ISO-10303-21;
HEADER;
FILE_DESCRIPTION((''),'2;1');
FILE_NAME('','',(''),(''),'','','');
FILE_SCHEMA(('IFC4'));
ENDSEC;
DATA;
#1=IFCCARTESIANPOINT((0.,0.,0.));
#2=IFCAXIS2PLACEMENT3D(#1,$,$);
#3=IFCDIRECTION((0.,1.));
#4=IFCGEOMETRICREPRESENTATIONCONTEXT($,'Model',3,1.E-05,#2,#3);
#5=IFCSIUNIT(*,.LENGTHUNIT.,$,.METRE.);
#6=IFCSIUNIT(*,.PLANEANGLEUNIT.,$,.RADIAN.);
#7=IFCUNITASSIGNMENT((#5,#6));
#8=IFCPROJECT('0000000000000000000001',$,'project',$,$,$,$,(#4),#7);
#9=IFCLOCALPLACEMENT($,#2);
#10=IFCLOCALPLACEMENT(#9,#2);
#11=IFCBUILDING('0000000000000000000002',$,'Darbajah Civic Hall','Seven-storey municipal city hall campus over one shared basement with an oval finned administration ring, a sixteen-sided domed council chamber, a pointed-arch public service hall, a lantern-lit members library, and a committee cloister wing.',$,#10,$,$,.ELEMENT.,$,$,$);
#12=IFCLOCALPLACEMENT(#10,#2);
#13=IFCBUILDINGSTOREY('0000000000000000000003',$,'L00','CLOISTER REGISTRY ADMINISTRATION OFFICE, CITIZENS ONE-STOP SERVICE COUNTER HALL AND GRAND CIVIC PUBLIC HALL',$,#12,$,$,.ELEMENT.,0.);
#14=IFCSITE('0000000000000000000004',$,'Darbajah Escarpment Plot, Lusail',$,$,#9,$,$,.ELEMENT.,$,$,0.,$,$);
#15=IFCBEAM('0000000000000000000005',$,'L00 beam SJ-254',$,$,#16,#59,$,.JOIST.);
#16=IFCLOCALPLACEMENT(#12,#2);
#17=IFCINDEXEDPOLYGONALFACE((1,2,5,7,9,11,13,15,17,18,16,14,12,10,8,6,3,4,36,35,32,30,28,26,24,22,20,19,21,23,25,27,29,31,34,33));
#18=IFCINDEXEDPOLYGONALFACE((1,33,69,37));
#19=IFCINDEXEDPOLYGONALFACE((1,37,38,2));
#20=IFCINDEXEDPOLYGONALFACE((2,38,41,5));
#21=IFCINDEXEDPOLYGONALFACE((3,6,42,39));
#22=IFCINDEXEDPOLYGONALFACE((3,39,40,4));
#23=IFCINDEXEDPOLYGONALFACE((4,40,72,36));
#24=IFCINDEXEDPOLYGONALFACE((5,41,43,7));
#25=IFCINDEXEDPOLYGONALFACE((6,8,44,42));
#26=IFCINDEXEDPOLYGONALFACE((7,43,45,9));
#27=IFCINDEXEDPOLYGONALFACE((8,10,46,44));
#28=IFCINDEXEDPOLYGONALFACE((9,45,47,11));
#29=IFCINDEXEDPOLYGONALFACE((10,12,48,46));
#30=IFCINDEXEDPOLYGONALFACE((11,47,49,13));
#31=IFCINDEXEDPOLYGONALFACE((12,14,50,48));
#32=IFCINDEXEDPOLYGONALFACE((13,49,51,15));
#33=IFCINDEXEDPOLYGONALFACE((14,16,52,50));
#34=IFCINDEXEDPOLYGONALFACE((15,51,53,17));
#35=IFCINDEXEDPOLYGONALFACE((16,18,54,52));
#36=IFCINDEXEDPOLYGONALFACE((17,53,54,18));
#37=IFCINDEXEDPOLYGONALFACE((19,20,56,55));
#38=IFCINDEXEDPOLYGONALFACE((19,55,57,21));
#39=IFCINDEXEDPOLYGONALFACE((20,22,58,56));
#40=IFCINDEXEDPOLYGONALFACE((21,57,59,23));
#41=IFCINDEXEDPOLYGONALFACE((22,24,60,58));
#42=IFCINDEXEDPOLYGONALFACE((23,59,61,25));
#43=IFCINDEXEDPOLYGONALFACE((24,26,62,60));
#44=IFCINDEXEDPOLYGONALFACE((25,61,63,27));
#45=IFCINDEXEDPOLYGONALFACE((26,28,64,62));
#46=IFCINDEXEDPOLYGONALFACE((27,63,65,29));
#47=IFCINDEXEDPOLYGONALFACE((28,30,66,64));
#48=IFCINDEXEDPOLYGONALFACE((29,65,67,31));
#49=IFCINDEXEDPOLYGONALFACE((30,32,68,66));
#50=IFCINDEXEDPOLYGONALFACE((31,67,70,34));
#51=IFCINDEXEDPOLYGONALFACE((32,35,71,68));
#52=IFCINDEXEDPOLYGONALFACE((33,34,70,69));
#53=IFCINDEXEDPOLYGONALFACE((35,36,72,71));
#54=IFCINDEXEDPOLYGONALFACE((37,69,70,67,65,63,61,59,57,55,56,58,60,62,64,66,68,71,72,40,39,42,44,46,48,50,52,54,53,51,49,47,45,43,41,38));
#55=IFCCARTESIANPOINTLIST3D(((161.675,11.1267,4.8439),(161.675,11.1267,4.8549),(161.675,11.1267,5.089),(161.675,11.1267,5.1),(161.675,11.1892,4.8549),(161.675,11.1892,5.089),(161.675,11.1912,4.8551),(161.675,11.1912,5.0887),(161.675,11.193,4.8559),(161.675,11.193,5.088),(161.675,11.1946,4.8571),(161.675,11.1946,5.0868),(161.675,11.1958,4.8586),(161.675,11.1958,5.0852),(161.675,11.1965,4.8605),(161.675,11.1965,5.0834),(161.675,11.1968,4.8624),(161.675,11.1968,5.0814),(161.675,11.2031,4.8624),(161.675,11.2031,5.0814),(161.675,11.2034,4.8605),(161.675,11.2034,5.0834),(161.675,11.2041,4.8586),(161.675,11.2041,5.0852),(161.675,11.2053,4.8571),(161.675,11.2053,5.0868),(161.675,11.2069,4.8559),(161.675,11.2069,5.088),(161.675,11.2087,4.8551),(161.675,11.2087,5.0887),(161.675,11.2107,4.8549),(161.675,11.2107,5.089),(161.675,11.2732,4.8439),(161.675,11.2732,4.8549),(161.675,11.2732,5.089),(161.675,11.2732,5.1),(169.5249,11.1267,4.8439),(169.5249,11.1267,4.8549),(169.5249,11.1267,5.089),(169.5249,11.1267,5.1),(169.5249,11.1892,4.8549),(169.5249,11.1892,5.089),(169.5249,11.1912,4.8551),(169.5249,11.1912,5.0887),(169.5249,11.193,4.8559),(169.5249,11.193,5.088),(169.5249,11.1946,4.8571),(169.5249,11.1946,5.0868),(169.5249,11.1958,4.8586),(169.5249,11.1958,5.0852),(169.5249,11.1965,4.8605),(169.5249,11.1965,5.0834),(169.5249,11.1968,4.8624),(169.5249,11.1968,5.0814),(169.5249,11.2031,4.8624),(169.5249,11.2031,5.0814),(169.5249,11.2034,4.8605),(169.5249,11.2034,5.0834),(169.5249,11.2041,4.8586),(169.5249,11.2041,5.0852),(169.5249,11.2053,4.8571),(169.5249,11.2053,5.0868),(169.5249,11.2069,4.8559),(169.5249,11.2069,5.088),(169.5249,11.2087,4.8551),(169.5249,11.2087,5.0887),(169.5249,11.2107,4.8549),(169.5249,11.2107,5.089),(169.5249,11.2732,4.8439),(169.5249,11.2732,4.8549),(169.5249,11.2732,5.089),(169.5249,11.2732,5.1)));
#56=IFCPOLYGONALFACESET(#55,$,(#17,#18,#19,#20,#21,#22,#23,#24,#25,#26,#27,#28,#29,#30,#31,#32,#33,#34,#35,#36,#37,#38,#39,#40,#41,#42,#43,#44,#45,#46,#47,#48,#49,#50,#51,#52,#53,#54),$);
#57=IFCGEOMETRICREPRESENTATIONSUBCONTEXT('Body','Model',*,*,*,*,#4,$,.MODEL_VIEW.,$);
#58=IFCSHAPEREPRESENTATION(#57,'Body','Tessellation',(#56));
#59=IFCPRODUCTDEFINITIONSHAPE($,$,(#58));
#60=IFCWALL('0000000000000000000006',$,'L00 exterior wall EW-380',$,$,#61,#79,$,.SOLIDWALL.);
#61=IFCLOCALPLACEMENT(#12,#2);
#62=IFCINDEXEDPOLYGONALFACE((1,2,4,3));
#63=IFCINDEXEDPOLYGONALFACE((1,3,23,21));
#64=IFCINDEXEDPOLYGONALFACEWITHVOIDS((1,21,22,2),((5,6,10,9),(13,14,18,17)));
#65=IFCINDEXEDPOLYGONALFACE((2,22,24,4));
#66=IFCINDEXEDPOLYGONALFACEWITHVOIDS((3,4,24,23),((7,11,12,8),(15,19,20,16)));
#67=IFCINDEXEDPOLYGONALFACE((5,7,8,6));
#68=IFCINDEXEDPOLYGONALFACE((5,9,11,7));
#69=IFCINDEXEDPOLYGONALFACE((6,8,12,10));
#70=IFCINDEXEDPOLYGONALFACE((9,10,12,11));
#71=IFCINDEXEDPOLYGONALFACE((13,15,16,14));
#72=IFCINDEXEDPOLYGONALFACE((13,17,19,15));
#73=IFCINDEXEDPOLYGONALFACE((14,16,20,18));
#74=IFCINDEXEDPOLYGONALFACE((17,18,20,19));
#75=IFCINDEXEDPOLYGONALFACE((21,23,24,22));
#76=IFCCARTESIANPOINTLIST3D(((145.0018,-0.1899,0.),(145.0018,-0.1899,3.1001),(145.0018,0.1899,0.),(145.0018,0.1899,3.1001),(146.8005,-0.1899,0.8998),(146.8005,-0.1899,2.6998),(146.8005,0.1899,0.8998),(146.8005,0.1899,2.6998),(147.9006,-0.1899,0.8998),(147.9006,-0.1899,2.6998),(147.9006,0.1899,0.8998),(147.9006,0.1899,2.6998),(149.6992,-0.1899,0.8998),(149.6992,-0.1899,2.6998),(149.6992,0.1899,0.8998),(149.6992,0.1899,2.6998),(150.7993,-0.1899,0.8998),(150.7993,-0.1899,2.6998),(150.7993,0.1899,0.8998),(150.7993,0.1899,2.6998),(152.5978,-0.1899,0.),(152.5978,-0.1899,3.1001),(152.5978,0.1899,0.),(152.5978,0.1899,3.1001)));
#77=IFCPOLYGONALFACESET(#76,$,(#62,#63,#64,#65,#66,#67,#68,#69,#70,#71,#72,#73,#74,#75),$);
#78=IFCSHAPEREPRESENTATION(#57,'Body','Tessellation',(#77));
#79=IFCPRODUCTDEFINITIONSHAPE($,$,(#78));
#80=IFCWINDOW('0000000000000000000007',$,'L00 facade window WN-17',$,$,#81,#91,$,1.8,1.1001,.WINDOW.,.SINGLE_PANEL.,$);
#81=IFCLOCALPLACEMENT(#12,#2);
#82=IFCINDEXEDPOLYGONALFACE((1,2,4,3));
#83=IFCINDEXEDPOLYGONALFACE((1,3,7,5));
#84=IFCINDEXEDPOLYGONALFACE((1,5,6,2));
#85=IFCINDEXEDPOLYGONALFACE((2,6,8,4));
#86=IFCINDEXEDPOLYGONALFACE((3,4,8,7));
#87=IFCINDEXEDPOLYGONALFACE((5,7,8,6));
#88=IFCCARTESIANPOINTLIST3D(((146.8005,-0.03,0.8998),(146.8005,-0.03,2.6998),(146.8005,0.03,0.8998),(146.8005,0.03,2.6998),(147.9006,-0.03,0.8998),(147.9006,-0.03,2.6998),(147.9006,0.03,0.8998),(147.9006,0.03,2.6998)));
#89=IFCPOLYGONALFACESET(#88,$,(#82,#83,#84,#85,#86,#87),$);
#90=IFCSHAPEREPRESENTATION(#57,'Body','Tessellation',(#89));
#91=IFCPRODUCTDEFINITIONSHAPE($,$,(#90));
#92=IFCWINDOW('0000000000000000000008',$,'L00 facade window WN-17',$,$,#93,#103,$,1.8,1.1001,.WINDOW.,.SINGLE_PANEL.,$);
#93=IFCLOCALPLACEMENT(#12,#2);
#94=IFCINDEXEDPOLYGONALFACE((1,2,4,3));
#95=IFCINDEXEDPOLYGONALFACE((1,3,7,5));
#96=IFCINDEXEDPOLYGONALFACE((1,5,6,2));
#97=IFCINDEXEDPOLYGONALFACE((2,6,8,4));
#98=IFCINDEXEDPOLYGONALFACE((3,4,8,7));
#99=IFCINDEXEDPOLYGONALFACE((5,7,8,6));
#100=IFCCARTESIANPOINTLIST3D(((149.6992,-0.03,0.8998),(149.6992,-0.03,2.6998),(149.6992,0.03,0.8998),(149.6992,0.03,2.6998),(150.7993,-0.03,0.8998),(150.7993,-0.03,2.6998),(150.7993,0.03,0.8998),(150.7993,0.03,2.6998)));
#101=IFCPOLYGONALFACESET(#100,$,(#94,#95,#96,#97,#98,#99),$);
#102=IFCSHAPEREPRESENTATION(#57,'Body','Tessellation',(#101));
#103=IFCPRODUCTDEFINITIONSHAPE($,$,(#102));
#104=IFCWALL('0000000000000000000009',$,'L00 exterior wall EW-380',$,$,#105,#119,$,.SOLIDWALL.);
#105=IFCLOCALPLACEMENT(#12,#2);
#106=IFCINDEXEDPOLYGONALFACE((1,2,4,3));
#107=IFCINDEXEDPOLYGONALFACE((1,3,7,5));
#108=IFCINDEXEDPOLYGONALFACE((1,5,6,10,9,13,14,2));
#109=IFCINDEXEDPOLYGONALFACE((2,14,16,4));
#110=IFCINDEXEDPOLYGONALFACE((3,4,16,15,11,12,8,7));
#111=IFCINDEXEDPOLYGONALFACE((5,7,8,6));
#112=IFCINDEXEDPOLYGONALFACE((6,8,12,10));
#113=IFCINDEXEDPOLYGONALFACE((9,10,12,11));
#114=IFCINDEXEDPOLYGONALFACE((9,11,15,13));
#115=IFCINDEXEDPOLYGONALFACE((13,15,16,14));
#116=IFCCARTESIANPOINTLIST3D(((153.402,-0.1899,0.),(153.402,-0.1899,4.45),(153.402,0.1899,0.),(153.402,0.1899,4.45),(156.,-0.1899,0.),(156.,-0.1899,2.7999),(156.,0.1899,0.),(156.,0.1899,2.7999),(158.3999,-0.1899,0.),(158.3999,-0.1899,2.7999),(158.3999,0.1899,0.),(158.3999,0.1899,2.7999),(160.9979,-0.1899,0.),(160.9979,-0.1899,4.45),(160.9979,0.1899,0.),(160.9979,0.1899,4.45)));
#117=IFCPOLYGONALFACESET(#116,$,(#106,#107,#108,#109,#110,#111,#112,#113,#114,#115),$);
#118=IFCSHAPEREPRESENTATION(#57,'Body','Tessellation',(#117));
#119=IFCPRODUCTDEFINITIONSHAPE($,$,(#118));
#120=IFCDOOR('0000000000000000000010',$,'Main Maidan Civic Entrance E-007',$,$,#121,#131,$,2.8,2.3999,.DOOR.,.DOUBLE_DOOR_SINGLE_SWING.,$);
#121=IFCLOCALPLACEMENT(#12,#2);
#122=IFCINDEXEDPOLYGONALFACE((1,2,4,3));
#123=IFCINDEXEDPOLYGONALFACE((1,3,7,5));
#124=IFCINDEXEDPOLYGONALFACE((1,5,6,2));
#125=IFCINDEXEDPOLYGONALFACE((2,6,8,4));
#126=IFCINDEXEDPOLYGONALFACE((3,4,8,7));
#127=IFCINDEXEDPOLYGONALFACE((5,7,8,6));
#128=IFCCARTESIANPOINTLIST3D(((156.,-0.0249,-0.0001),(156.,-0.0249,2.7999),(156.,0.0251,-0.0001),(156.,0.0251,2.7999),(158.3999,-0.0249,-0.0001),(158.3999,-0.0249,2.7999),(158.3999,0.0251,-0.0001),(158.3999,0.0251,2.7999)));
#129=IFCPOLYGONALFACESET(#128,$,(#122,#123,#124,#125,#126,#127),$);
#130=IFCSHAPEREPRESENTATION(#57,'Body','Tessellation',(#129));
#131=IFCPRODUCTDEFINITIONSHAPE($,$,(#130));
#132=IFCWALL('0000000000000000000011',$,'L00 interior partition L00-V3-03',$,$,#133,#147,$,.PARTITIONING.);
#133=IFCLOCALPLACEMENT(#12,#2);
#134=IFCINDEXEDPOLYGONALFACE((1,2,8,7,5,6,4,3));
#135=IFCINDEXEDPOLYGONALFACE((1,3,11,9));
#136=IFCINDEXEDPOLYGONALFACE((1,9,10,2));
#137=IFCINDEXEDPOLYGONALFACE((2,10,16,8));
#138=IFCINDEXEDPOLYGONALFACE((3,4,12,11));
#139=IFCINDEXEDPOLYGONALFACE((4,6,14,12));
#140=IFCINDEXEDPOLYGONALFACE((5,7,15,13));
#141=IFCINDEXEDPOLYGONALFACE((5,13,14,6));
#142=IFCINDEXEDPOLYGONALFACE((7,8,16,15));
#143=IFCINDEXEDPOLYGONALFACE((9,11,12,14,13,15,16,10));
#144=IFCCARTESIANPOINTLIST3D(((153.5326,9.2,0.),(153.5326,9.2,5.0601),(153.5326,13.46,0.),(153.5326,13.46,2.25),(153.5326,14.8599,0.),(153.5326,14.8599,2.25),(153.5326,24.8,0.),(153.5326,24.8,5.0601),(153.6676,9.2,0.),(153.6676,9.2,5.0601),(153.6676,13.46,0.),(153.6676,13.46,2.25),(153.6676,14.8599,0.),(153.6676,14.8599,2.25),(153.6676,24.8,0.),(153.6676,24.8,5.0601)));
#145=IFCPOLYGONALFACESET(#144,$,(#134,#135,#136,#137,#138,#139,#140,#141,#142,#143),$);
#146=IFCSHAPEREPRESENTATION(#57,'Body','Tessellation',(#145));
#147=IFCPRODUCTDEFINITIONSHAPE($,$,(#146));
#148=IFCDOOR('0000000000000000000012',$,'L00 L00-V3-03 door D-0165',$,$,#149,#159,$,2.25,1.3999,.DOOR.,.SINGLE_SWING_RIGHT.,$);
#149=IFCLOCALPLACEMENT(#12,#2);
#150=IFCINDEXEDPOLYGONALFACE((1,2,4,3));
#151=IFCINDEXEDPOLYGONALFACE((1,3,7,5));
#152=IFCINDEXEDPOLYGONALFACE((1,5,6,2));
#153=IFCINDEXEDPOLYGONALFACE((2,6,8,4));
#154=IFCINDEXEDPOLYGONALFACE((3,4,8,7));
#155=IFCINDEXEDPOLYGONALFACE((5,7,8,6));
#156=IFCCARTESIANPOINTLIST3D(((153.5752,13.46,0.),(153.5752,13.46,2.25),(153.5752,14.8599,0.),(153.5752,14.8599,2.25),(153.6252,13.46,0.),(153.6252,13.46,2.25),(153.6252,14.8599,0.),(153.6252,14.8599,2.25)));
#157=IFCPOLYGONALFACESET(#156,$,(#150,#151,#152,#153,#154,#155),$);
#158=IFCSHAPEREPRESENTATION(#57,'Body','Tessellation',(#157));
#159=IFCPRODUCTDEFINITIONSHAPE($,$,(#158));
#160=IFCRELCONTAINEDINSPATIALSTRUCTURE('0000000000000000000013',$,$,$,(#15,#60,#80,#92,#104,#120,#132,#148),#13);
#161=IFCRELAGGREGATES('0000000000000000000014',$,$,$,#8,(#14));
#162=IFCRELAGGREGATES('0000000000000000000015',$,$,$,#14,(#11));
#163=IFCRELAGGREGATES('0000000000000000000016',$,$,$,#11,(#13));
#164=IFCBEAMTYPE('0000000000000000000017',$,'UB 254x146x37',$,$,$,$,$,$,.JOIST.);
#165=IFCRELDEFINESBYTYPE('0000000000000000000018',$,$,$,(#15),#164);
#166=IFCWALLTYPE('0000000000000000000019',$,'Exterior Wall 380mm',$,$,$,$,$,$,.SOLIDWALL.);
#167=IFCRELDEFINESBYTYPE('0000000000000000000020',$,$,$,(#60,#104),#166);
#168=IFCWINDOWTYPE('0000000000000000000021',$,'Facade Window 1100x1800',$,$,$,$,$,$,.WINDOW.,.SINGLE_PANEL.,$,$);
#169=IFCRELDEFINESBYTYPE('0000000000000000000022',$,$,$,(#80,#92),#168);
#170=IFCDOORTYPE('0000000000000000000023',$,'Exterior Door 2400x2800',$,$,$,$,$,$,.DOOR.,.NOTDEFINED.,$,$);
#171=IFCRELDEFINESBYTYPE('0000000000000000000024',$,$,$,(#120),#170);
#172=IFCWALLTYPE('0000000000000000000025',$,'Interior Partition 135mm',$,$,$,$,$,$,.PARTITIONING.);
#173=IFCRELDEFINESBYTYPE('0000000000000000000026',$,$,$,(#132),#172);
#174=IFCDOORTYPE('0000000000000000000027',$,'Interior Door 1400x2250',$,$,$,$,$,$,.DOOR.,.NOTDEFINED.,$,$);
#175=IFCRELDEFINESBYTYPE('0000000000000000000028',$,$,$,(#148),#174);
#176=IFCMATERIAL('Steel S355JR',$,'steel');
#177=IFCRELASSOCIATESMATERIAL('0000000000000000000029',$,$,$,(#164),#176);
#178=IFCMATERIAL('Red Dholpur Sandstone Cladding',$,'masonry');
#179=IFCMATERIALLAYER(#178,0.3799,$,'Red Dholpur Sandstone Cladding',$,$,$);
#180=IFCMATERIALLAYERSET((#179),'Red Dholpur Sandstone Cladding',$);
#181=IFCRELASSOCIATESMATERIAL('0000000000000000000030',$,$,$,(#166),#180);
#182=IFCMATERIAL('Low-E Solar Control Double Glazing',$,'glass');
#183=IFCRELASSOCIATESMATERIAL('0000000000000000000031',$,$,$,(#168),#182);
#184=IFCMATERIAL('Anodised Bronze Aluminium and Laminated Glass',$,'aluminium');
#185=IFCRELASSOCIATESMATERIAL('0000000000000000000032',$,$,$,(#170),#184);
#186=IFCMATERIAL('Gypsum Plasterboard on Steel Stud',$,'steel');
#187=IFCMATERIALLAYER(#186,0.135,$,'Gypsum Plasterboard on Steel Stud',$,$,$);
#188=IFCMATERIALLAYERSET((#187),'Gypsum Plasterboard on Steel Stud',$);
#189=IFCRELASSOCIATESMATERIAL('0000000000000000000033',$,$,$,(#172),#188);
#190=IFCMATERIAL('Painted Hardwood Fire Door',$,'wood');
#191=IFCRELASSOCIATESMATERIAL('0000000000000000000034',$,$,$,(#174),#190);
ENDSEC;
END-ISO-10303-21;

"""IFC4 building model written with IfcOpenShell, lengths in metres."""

from ifc_helpers import new_model, si_unit, direction, frame, frame_2d, origin, origin_2d, place, context, subcontext, project, spatial, rectangle, i_section, extrude, material, layer, layer_set, material_profile, profile_set, type_object, element, fill, save


model = new_model("IFC4")

# Units and contexts
model_context = context("Model", 3, precision=1e-05, world=origin(), true_north=direction((0.0, 1.0)))
body_context = subcontext(model_context, "Body", "Model", "MODEL_VIEW")
ifc_project = project(units=[si_unit("LENGTHUNIT", "METRE"), si_unit("PLANEANGLEUNIT", "RADIAN")], contexts=[model_context])

# Site, building, storey
site_placement = place(None, origin())
site = spatial("IfcSite", under=ifc_project, at=site_placement, Name="Darbajah Escarpment Plot, Lusail", CompositionType="ELEMENT", RefElevation=0.0)
building_placement = place(site_placement, origin())
building = spatial("IfcBuilding", under=site, at=building_placement, Name="Darbajah Civic Hall", Description="Seven-storey municipal city hall campus over one shared basement with an oval finned administration ring, a sixteen-sided domed council chamber, a pointed-arch public service hall, a lantern-lit members library, and a committee cloister wing.", CompositionType="ELEMENT")
storey_placement = place(building_placement, origin())
storey = spatial("IfcBuildingStorey", under=building, at=storey_placement, Name="L00", Description="CLOISTER REGISTRY ADMINISTRATION OFFICE, CITIZENS ONE-STOP SERVICE COUNTER HALL AND GRAND CIVIC PUBLIC HALL", CompositionType="ELEMENT", Elevation=0.0)

# Beam
ifc_material_1 = material(Name="Steel S355JR", Category="steel")
ifc_material_profile_1 = material_profile(ifc_material_1, i_section(OverallWidth=0.1465, OverallDepth=0.2561, WebThickness=0.0063, FlangeThickness=0.011, FilletRadius=0.0076, at=origin_2d()), Name="UB 254x146x37")
ifc_profile_set_1 = profile_set([ifc_material_profile_1], Name="Steel S355JR")
beam_type_1 = type_object("IfcBeamType", Name="UB 254x146x37", PredefinedType="JOIST", material=ifc_profile_set_1)
beam_placement = place(storey_placement, frame((161.675, 11.2, 4.9719), z_axis=(1.0, 0.0, 0.0), x_axis=(0.0, 1.0, 0.0)))
element("IfcBeam", 1, at=beam_placement, inside=storey, type_object=beam_type_1, Name="L00 beam SJ-254", PredefinedType="JOIST", context=body_context, shape_type="SweptSolid", body=[
    extrude(i_section(OverallWidth=0.1465, OverallDepth=0.2561, WebThickness=0.0063, FlangeThickness=0.011, FilletRadius=0.0076, at=origin_2d()), origin(), (0.0, 0.0, 1.0), 7.8499),
])

# Wall, openings, windows
ifc_material_2 = material(Name="Red Dholpur Sandstone Cladding", Category="masonry")
ifc_layer_1 = layer(ifc_material_2, 0.3799, Name="Red Dholpur Sandstone Cladding")
ifc_layer_set_1 = layer_set([ifc_layer_1], Name="Red Dholpur Sandstone Cladding")
wall_type_1 = type_object("IfcWallType", Name="Exterior Wall 380mm", PredefinedType="SOLIDWALL", material=ifc_layer_set_1)
wall_1_placement = place(storey_placement, frame((145.002, 0.0, 0.0), z_axis=(0.0, 0.0, 1.0), x_axis=(1.0, 0.0, 0.0)))
wall_1 = element("IfcWall", 2, at=wall_1_placement, inside=storey, type_object=wall_type_1, Name="L00 exterior wall EW-380", PredefinedType="SOLIDWALL", context=body_context, shape_type="SweptSolid", body=[
    extrude(rectangle(XDim=7.5959, YDim=0.3799, at=frame_2d((3.7979, 0.0))), origin(), (0.0, 0.0, 1.0), 3.1001),
])
opening_1_placement = place(wall_1_placement, frame((1.7986, 0.0, 0.8999)))
opening_1 = element("IfcOpeningElement", 3, at=opening_1_placement, cuts=wall_1, PredefinedType="OPENING", context=body_context, shape_type="SweptSolid", body=[
    extrude(rectangle(XDim=1.1001, YDim=1.8, at=frame_2d((0.55, 0.8999))), frame((0.0, 0.2, 0.0), z_axis=(0.0, -1.0, 0.0), x_axis=(1.0, 0.0, 0.0)), (0.0, 0.0, 1.0), 0.3999),
])
opening_2_placement = place(wall_1_placement, frame((4.6973, 0.0, 0.8999)))
opening_2 = element("IfcOpeningElement", 4, at=opening_2_placement, cuts=wall_1, PredefinedType="OPENING", context=body_context, shape_type="SweptSolid", body=[
    extrude(rectangle(XDim=1.1001, YDim=1.8, at=frame_2d((0.55, 0.8999))), frame((0.0, 0.2, 0.0), z_axis=(0.0, -1.0, 0.0), x_axis=(1.0, 0.0, 0.0)), (0.0, 0.0, 1.0), 0.3999),
])
ifc_material_3 = material(Name="Low-E Solar Control Double Glazing", Category="glass")
window_type = type_object("IfcWindowType", Name="Facade Window 1100x1800", PartitioningType="SINGLE_PANEL", PredefinedType="WINDOW", material=ifc_material_3)
window_1_placement = place(opening_1_placement, origin())
window_1 = element("IfcWindow", 5, at=window_1_placement, inside=storey, type_object=window_type, Name="L00 facade window WN-17", OverallHeight=1.8, OverallWidth=1.1001, PartitioningType="SINGLE_PANEL", PredefinedType="WINDOW", context=body_context, shape_type="SweptSolid", body=[
    extrude(rectangle(XDim=1.1001, YDim=1.8, at=frame_2d((0.55, 0.8999))), frame((0.0, 0.03, 0.0), z_axis=(0.0, -1.0, 0.0), x_axis=(1.0, 0.0, 0.0)), (0.0, 0.0, 1.0), 0.0601),
])
fill(opening_1, window_1)
window_2_placement = place(opening_2_placement, origin())
window_2 = element("IfcWindow", 6, at=window_2_placement, inside=storey, type_object=window_type, Name="L00 facade window WN-17", OverallHeight=1.8, OverallWidth=1.1001, PartitioningType="SINGLE_PANEL", PredefinedType="WINDOW", context=body_context, shape_type="SweptSolid", body=[
    extrude(rectangle(XDim=1.1001, YDim=1.8, at=frame_2d((0.55, 0.8999))), frame((0.0, 0.03, 0.0), z_axis=(0.0, -1.0, 0.0), x_axis=(1.0, 0.0, 0.0)), (0.0, 0.0, 1.0), 0.0601),
])
fill(opening_2, window_2)

# Walls, openings, doors
wall_2_placement = place(storey_placement, frame((153.4021, 0.0, 0.0), z_axis=(0.0, 0.0, 1.0), x_axis=(1.0, 0.0, 0.0)))
wall_2 = element("IfcWall", 7, at=wall_2_placement, inside=storey, type_object=wall_type_1, Name="L00 exterior wall EW-380", PredefinedType="SOLIDWALL", context=body_context, shape_type="SweptSolid", body=[
    extrude(rectangle(XDim=7.5959, YDim=0.3799, at=frame_2d((3.7979, 0.0))), origin(), (0.0, 0.0, 1.0), 4.45),
])
opening_3_placement = place(wall_2_placement, frame((2.5979, 0.0, 0.0)))
opening_3 = element("IfcOpeningElement", 8, at=opening_3_placement, cuts=wall_2, PredefinedType="OPENING", context=body_context, shape_type="SweptSolid", body=[
    extrude(rectangle(XDim=2.3999, YDim=2.8, at=frame_2d((1.2, 1.3999))), frame((0.0, 0.2, 0.0), z_axis=(0.0, -1.0, 0.0), x_axis=(1.0, 0.0, 0.0)), (0.0, 0.0, 1.0), 0.3999),
])
ifc_material_4 = material(Name="Anodised Bronze Aluminium and Laminated Glass", Category="aluminium")
door_type_1 = type_object("IfcDoorType", Name="Exterior Door 2400x2800", OperationType="NOTDEFINED", PredefinedType="DOOR", material=ifc_material_4)
door_1_placement = place(opening_3_placement, frame((2.3999, 0.0, 0.0), z_axis=(0.0, 0.0, 1.0), x_axis=(-1.0, 0.0, 0.0)))
door_1 = element("IfcDoor", 9, at=door_1_placement, inside=storey, type_object=door_type_1, Name="Main Maidan Civic Entrance E-007", OperationType="DOUBLE_DOOR_SINGLE_SWING", OverallHeight=2.8, OverallWidth=2.3999, PredefinedType="DOOR", context=body_context, shape_type="SweptSolid", body=[
    extrude(rectangle(XDim=2.3999, YDim=2.8, at=frame_2d((1.2, 1.3999))), frame((0.0, 0.0249, 0.0), z_axis=(0.0, -1.0, 0.0), x_axis=(1.0, 0.0, 0.0)), (0.0, 0.0, 1.0), 0.05),
])
fill(opening_3, door_1)
ifc_material_5 = material(Name="Gypsum Plasterboard on Steel Stud", Category="steel")
ifc_layer_2 = layer(ifc_material_5, 0.135, Name="Gypsum Plasterboard on Steel Stud")
ifc_layer_set_2 = layer_set([ifc_layer_2], Name="Gypsum Plasterboard on Steel Stud")
wall_type_2 = type_object("IfcWallType", Name="Interior Partition 135mm", PredefinedType="PARTITIONING", material=ifc_layer_set_2)
wall_3_placement = place(storey_placement, frame((153.6001, 9.2, 0.0), z_axis=(0.0, 0.0, 1.0), x_axis=(0.0, 1.0, 0.0)))
wall_3 = element("IfcWall", 10, at=wall_3_placement, inside=storey, type_object=wall_type_2, Name="L00 interior partition L00-V3-03", PredefinedType="PARTITIONING", context=body_context, shape_type="SweptSolid", body=[
    extrude(rectangle(XDim=15.6001, YDim=0.135, at=frame_2d((7.8, 0.0))), origin(), (0.0, 0.0, 1.0), 5.0601),
])
opening_4_placement = place(wall_3_placement, frame((4.26, 0.0, 0.0)))
opening_4 = element("IfcOpeningElement", 11, at=opening_4_placement, cuts=wall_3, PredefinedType="OPENING", context=body_context, shape_type="SweptSolid", body=[
    extrude(rectangle(XDim=1.3999, YDim=2.25, at=frame_2d((0.7, 1.125))), frame((0.0, 0.0774, 0.0), z_axis=(0.0, -1.0, 0.0), x_axis=(1.0, 0.0, 0.0)), (0.0, 0.0, 1.0), 0.155),
])
ifc_material_6 = material(Name="Painted Hardwood Fire Door", Category="wood")
door_type_2 = type_object("IfcDoorType", Name="Interior Door 1400x2250", OperationType="NOTDEFINED", PredefinedType="DOOR", material=ifc_material_6)
door_2_placement = place(opening_4_placement, origin())
door_2 = element("IfcDoor", 12, at=door_2_placement, inside=storey, type_object=door_type_2, Name="L00 L00-V3-03 door D-0165", OperationType="SINGLE_SWING_RIGHT", OverallHeight=2.25, OverallWidth=1.3999, PredefinedType="DOOR", context=body_context, shape_type="SweptSolid", body=[
    extrude(rectangle(XDim=1.3999, YDim=2.25, at=frame_2d((0.7, 1.125))), frame((0.0, 0.0249, 0.0), z_axis=(0.0, -1.0, 0.0), x_axis=(1.0, 0.0, 0.0)), (0.0, 0.0, 1.0), 0.05),
])
fill(opening_4, door_2)

save(model, "model.ifc")
